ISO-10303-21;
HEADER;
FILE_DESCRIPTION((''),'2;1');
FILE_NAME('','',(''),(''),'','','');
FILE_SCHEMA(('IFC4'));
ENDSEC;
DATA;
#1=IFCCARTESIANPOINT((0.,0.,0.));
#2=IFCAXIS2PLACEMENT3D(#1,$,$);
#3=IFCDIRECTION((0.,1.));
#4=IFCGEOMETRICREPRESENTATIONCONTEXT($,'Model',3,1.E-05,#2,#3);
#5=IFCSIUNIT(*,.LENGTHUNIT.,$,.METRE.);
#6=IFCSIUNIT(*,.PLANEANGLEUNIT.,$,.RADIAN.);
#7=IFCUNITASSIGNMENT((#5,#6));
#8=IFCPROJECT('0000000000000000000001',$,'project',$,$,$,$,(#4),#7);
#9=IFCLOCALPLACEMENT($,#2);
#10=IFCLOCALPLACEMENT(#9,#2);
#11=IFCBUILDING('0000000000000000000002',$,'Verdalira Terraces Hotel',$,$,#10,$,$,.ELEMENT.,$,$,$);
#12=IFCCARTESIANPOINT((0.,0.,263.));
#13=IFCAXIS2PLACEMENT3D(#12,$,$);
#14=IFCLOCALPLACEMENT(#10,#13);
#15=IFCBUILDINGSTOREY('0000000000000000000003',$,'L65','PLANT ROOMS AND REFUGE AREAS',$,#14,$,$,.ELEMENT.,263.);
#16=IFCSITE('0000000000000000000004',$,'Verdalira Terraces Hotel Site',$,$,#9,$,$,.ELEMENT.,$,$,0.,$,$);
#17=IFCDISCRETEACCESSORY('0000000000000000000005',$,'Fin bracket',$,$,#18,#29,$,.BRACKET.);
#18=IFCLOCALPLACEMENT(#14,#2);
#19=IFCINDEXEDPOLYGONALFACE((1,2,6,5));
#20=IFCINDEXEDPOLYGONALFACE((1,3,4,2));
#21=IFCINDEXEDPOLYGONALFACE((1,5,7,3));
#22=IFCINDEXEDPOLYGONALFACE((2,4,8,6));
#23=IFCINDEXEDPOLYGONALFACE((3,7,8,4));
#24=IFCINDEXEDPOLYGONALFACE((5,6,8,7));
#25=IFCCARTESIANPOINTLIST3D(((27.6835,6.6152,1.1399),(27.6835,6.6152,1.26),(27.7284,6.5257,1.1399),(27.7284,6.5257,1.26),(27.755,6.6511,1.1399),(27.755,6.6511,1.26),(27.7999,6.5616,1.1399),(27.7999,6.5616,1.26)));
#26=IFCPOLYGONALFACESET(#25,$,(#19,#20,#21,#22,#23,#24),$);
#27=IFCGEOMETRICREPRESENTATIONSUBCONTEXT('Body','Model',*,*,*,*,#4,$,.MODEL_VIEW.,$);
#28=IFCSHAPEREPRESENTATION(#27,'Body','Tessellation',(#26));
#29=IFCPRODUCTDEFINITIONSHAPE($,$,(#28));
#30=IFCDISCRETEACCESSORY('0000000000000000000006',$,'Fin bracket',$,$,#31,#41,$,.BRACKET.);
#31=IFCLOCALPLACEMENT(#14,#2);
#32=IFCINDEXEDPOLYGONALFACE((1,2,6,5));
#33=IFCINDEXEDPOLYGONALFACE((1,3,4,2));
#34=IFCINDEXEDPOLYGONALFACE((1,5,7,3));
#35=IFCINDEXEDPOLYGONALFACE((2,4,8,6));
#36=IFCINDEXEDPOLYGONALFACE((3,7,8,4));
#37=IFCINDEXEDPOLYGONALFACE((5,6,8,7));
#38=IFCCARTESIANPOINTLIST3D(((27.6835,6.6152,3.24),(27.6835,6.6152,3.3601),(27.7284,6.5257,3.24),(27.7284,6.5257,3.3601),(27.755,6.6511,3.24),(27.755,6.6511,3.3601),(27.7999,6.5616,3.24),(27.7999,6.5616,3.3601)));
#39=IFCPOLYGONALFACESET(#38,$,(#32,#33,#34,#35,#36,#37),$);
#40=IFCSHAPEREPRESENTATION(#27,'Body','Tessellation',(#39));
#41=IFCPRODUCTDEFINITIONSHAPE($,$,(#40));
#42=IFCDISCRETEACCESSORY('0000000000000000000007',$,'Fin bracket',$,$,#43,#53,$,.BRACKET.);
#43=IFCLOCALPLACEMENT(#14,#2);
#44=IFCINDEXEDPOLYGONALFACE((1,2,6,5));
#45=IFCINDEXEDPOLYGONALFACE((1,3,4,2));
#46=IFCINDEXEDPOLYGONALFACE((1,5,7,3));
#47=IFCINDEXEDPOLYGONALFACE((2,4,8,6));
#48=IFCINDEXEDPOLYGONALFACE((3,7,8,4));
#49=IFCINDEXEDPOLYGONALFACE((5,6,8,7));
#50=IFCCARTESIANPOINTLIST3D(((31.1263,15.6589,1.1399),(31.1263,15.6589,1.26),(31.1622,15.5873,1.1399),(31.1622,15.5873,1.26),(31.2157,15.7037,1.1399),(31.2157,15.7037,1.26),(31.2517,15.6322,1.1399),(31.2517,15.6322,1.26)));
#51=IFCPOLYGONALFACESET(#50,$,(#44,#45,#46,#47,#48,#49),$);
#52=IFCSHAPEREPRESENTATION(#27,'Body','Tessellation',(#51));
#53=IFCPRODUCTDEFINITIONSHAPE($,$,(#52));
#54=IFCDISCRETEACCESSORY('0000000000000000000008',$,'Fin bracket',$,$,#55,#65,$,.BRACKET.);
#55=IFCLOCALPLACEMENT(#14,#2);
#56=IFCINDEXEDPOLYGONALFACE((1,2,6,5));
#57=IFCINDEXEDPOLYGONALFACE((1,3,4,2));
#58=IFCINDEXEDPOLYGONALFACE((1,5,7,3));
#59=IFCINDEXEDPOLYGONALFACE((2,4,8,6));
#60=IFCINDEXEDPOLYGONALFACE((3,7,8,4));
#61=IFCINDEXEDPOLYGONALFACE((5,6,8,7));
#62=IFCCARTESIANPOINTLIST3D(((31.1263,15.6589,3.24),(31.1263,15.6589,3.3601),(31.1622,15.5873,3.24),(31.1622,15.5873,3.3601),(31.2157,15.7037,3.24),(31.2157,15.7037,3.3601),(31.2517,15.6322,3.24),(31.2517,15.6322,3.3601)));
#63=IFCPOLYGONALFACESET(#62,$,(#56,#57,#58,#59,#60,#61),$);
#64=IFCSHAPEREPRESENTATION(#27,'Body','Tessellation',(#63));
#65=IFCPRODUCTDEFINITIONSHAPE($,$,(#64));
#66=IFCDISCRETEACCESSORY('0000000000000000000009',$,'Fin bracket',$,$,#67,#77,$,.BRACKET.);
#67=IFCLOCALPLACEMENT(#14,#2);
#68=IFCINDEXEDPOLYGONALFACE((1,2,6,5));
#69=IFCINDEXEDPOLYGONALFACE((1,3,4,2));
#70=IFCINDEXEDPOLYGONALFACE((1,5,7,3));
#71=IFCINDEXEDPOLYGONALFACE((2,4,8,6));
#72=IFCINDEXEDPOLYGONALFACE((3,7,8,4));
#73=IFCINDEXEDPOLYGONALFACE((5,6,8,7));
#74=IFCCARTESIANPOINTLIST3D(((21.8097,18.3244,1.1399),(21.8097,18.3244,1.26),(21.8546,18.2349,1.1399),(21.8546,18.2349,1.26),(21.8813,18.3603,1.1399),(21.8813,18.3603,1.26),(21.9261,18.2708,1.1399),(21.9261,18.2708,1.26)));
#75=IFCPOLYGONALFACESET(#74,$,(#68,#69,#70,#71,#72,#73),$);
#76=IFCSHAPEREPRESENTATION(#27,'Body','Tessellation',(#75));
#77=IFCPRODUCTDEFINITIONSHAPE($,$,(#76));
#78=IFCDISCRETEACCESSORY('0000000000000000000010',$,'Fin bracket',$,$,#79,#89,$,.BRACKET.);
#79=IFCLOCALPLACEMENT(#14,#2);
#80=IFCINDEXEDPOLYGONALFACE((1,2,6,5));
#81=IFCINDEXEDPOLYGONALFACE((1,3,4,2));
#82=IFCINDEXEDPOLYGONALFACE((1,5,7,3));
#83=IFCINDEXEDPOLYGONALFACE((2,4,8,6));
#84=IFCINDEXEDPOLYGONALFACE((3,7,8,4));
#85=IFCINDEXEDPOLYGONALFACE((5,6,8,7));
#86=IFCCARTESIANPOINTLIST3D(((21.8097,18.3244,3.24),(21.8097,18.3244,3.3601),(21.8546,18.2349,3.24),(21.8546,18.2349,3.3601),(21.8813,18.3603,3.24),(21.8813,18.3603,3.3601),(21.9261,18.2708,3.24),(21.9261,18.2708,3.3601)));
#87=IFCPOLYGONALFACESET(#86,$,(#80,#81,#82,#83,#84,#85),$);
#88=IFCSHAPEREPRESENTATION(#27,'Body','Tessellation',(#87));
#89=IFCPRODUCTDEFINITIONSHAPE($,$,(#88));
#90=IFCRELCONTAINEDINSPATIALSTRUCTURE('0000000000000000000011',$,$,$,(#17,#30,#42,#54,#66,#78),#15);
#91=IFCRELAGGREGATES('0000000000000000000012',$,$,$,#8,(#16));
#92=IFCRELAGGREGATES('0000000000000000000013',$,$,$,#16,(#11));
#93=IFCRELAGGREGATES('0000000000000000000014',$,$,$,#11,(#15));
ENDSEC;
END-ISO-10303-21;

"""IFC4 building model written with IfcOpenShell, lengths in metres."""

from ifc_helpers import new_model, si_unit, direction, frame, origin, origin_2d, place, context, subcontext, project, spatial, rectangle, extrude, element, save


model = new_model("IFC4")

# Units and contexts
model_context = context("Model", 3, precision=1e-05, world=origin(), true_north=direction((0.0, 1.0)))
body_context = subcontext(model_context, "Body", "Model", "MODEL_VIEW")
ifc_project = project(units=[si_unit("LENGTHUNIT", "METRE"), si_unit("PLANEANGLEUNIT", "RADIAN")], contexts=[model_context])

# Site, building, storey
site_placement = place(None, origin())
site = spatial("IfcSite", under=ifc_project, at=site_placement, Name="Verdalira Terraces Hotel Site", CompositionType="ELEMENT", RefElevation=0.0)
building_placement = place(site_placement, origin())
building = spatial("IfcBuilding", under=site, at=building_placement, Name="Verdalira Terraces Hotel", CompositionType="ELEMENT")
storey_placement = place(building_placement, frame((0.0, 0.0, 263.0)))
storey = spatial("IfcBuildingStorey", under=building, at=storey_placement, Name="L65", Description="PLANT ROOMS AND REFUGE AREAS", CompositionType="ELEMENT", Elevation=263.0)

# Discrete accessories
for number, where, z_axis, x_axis, name in (
    (1, (27.7417, 6.5884, 1.1399), (0.0, 0.0, 1.0), (0.893841, 0.448383, 0.0), "Fin bracket"),
    (2, (27.7417, 6.5884, 3.24), (0.0, 0.0, 1.0), (0.893841, 0.448383, 0.0), "Fin bracket"),
    (3, (31.189, 15.6455, 1.1399), (0.0, 0.0, 1.0), (-0.448383, 0.893841, 0.0), "Fin bracket"),
    (4, (31.189, 15.6455, 3.24), (0.0, 0.0, 1.0), (-0.448383, 0.893841, 0.0), "Fin bracket"),
    (5, (21.8679, 18.2976, 1.1399), (0.0, 0.0, 1.0), (-0.893841, -0.448383, 0.0), "Fin bracket"),
    (6, (21.8679, 18.2976, 3.24), (0.0, 0.0, 1.0), (-0.893841, -0.448383, 0.0), "Fin bracket"),
):
    element("IfcDiscreteAccessory", number, at=place(storey_placement, frame(where, z_axis=z_axis, x_axis=x_axis)), inside=storey, Name=name, PredefinedType="BRACKET", context=body_context, shape_type="SweptSolid", body=[
        extrude(rectangle(XDim=0.0801, YDim=0.1001, at=origin_2d()), origin(), (0.0, 0.0, 1.0), 0.1201),
    ])

save(model, "model.ifc")
